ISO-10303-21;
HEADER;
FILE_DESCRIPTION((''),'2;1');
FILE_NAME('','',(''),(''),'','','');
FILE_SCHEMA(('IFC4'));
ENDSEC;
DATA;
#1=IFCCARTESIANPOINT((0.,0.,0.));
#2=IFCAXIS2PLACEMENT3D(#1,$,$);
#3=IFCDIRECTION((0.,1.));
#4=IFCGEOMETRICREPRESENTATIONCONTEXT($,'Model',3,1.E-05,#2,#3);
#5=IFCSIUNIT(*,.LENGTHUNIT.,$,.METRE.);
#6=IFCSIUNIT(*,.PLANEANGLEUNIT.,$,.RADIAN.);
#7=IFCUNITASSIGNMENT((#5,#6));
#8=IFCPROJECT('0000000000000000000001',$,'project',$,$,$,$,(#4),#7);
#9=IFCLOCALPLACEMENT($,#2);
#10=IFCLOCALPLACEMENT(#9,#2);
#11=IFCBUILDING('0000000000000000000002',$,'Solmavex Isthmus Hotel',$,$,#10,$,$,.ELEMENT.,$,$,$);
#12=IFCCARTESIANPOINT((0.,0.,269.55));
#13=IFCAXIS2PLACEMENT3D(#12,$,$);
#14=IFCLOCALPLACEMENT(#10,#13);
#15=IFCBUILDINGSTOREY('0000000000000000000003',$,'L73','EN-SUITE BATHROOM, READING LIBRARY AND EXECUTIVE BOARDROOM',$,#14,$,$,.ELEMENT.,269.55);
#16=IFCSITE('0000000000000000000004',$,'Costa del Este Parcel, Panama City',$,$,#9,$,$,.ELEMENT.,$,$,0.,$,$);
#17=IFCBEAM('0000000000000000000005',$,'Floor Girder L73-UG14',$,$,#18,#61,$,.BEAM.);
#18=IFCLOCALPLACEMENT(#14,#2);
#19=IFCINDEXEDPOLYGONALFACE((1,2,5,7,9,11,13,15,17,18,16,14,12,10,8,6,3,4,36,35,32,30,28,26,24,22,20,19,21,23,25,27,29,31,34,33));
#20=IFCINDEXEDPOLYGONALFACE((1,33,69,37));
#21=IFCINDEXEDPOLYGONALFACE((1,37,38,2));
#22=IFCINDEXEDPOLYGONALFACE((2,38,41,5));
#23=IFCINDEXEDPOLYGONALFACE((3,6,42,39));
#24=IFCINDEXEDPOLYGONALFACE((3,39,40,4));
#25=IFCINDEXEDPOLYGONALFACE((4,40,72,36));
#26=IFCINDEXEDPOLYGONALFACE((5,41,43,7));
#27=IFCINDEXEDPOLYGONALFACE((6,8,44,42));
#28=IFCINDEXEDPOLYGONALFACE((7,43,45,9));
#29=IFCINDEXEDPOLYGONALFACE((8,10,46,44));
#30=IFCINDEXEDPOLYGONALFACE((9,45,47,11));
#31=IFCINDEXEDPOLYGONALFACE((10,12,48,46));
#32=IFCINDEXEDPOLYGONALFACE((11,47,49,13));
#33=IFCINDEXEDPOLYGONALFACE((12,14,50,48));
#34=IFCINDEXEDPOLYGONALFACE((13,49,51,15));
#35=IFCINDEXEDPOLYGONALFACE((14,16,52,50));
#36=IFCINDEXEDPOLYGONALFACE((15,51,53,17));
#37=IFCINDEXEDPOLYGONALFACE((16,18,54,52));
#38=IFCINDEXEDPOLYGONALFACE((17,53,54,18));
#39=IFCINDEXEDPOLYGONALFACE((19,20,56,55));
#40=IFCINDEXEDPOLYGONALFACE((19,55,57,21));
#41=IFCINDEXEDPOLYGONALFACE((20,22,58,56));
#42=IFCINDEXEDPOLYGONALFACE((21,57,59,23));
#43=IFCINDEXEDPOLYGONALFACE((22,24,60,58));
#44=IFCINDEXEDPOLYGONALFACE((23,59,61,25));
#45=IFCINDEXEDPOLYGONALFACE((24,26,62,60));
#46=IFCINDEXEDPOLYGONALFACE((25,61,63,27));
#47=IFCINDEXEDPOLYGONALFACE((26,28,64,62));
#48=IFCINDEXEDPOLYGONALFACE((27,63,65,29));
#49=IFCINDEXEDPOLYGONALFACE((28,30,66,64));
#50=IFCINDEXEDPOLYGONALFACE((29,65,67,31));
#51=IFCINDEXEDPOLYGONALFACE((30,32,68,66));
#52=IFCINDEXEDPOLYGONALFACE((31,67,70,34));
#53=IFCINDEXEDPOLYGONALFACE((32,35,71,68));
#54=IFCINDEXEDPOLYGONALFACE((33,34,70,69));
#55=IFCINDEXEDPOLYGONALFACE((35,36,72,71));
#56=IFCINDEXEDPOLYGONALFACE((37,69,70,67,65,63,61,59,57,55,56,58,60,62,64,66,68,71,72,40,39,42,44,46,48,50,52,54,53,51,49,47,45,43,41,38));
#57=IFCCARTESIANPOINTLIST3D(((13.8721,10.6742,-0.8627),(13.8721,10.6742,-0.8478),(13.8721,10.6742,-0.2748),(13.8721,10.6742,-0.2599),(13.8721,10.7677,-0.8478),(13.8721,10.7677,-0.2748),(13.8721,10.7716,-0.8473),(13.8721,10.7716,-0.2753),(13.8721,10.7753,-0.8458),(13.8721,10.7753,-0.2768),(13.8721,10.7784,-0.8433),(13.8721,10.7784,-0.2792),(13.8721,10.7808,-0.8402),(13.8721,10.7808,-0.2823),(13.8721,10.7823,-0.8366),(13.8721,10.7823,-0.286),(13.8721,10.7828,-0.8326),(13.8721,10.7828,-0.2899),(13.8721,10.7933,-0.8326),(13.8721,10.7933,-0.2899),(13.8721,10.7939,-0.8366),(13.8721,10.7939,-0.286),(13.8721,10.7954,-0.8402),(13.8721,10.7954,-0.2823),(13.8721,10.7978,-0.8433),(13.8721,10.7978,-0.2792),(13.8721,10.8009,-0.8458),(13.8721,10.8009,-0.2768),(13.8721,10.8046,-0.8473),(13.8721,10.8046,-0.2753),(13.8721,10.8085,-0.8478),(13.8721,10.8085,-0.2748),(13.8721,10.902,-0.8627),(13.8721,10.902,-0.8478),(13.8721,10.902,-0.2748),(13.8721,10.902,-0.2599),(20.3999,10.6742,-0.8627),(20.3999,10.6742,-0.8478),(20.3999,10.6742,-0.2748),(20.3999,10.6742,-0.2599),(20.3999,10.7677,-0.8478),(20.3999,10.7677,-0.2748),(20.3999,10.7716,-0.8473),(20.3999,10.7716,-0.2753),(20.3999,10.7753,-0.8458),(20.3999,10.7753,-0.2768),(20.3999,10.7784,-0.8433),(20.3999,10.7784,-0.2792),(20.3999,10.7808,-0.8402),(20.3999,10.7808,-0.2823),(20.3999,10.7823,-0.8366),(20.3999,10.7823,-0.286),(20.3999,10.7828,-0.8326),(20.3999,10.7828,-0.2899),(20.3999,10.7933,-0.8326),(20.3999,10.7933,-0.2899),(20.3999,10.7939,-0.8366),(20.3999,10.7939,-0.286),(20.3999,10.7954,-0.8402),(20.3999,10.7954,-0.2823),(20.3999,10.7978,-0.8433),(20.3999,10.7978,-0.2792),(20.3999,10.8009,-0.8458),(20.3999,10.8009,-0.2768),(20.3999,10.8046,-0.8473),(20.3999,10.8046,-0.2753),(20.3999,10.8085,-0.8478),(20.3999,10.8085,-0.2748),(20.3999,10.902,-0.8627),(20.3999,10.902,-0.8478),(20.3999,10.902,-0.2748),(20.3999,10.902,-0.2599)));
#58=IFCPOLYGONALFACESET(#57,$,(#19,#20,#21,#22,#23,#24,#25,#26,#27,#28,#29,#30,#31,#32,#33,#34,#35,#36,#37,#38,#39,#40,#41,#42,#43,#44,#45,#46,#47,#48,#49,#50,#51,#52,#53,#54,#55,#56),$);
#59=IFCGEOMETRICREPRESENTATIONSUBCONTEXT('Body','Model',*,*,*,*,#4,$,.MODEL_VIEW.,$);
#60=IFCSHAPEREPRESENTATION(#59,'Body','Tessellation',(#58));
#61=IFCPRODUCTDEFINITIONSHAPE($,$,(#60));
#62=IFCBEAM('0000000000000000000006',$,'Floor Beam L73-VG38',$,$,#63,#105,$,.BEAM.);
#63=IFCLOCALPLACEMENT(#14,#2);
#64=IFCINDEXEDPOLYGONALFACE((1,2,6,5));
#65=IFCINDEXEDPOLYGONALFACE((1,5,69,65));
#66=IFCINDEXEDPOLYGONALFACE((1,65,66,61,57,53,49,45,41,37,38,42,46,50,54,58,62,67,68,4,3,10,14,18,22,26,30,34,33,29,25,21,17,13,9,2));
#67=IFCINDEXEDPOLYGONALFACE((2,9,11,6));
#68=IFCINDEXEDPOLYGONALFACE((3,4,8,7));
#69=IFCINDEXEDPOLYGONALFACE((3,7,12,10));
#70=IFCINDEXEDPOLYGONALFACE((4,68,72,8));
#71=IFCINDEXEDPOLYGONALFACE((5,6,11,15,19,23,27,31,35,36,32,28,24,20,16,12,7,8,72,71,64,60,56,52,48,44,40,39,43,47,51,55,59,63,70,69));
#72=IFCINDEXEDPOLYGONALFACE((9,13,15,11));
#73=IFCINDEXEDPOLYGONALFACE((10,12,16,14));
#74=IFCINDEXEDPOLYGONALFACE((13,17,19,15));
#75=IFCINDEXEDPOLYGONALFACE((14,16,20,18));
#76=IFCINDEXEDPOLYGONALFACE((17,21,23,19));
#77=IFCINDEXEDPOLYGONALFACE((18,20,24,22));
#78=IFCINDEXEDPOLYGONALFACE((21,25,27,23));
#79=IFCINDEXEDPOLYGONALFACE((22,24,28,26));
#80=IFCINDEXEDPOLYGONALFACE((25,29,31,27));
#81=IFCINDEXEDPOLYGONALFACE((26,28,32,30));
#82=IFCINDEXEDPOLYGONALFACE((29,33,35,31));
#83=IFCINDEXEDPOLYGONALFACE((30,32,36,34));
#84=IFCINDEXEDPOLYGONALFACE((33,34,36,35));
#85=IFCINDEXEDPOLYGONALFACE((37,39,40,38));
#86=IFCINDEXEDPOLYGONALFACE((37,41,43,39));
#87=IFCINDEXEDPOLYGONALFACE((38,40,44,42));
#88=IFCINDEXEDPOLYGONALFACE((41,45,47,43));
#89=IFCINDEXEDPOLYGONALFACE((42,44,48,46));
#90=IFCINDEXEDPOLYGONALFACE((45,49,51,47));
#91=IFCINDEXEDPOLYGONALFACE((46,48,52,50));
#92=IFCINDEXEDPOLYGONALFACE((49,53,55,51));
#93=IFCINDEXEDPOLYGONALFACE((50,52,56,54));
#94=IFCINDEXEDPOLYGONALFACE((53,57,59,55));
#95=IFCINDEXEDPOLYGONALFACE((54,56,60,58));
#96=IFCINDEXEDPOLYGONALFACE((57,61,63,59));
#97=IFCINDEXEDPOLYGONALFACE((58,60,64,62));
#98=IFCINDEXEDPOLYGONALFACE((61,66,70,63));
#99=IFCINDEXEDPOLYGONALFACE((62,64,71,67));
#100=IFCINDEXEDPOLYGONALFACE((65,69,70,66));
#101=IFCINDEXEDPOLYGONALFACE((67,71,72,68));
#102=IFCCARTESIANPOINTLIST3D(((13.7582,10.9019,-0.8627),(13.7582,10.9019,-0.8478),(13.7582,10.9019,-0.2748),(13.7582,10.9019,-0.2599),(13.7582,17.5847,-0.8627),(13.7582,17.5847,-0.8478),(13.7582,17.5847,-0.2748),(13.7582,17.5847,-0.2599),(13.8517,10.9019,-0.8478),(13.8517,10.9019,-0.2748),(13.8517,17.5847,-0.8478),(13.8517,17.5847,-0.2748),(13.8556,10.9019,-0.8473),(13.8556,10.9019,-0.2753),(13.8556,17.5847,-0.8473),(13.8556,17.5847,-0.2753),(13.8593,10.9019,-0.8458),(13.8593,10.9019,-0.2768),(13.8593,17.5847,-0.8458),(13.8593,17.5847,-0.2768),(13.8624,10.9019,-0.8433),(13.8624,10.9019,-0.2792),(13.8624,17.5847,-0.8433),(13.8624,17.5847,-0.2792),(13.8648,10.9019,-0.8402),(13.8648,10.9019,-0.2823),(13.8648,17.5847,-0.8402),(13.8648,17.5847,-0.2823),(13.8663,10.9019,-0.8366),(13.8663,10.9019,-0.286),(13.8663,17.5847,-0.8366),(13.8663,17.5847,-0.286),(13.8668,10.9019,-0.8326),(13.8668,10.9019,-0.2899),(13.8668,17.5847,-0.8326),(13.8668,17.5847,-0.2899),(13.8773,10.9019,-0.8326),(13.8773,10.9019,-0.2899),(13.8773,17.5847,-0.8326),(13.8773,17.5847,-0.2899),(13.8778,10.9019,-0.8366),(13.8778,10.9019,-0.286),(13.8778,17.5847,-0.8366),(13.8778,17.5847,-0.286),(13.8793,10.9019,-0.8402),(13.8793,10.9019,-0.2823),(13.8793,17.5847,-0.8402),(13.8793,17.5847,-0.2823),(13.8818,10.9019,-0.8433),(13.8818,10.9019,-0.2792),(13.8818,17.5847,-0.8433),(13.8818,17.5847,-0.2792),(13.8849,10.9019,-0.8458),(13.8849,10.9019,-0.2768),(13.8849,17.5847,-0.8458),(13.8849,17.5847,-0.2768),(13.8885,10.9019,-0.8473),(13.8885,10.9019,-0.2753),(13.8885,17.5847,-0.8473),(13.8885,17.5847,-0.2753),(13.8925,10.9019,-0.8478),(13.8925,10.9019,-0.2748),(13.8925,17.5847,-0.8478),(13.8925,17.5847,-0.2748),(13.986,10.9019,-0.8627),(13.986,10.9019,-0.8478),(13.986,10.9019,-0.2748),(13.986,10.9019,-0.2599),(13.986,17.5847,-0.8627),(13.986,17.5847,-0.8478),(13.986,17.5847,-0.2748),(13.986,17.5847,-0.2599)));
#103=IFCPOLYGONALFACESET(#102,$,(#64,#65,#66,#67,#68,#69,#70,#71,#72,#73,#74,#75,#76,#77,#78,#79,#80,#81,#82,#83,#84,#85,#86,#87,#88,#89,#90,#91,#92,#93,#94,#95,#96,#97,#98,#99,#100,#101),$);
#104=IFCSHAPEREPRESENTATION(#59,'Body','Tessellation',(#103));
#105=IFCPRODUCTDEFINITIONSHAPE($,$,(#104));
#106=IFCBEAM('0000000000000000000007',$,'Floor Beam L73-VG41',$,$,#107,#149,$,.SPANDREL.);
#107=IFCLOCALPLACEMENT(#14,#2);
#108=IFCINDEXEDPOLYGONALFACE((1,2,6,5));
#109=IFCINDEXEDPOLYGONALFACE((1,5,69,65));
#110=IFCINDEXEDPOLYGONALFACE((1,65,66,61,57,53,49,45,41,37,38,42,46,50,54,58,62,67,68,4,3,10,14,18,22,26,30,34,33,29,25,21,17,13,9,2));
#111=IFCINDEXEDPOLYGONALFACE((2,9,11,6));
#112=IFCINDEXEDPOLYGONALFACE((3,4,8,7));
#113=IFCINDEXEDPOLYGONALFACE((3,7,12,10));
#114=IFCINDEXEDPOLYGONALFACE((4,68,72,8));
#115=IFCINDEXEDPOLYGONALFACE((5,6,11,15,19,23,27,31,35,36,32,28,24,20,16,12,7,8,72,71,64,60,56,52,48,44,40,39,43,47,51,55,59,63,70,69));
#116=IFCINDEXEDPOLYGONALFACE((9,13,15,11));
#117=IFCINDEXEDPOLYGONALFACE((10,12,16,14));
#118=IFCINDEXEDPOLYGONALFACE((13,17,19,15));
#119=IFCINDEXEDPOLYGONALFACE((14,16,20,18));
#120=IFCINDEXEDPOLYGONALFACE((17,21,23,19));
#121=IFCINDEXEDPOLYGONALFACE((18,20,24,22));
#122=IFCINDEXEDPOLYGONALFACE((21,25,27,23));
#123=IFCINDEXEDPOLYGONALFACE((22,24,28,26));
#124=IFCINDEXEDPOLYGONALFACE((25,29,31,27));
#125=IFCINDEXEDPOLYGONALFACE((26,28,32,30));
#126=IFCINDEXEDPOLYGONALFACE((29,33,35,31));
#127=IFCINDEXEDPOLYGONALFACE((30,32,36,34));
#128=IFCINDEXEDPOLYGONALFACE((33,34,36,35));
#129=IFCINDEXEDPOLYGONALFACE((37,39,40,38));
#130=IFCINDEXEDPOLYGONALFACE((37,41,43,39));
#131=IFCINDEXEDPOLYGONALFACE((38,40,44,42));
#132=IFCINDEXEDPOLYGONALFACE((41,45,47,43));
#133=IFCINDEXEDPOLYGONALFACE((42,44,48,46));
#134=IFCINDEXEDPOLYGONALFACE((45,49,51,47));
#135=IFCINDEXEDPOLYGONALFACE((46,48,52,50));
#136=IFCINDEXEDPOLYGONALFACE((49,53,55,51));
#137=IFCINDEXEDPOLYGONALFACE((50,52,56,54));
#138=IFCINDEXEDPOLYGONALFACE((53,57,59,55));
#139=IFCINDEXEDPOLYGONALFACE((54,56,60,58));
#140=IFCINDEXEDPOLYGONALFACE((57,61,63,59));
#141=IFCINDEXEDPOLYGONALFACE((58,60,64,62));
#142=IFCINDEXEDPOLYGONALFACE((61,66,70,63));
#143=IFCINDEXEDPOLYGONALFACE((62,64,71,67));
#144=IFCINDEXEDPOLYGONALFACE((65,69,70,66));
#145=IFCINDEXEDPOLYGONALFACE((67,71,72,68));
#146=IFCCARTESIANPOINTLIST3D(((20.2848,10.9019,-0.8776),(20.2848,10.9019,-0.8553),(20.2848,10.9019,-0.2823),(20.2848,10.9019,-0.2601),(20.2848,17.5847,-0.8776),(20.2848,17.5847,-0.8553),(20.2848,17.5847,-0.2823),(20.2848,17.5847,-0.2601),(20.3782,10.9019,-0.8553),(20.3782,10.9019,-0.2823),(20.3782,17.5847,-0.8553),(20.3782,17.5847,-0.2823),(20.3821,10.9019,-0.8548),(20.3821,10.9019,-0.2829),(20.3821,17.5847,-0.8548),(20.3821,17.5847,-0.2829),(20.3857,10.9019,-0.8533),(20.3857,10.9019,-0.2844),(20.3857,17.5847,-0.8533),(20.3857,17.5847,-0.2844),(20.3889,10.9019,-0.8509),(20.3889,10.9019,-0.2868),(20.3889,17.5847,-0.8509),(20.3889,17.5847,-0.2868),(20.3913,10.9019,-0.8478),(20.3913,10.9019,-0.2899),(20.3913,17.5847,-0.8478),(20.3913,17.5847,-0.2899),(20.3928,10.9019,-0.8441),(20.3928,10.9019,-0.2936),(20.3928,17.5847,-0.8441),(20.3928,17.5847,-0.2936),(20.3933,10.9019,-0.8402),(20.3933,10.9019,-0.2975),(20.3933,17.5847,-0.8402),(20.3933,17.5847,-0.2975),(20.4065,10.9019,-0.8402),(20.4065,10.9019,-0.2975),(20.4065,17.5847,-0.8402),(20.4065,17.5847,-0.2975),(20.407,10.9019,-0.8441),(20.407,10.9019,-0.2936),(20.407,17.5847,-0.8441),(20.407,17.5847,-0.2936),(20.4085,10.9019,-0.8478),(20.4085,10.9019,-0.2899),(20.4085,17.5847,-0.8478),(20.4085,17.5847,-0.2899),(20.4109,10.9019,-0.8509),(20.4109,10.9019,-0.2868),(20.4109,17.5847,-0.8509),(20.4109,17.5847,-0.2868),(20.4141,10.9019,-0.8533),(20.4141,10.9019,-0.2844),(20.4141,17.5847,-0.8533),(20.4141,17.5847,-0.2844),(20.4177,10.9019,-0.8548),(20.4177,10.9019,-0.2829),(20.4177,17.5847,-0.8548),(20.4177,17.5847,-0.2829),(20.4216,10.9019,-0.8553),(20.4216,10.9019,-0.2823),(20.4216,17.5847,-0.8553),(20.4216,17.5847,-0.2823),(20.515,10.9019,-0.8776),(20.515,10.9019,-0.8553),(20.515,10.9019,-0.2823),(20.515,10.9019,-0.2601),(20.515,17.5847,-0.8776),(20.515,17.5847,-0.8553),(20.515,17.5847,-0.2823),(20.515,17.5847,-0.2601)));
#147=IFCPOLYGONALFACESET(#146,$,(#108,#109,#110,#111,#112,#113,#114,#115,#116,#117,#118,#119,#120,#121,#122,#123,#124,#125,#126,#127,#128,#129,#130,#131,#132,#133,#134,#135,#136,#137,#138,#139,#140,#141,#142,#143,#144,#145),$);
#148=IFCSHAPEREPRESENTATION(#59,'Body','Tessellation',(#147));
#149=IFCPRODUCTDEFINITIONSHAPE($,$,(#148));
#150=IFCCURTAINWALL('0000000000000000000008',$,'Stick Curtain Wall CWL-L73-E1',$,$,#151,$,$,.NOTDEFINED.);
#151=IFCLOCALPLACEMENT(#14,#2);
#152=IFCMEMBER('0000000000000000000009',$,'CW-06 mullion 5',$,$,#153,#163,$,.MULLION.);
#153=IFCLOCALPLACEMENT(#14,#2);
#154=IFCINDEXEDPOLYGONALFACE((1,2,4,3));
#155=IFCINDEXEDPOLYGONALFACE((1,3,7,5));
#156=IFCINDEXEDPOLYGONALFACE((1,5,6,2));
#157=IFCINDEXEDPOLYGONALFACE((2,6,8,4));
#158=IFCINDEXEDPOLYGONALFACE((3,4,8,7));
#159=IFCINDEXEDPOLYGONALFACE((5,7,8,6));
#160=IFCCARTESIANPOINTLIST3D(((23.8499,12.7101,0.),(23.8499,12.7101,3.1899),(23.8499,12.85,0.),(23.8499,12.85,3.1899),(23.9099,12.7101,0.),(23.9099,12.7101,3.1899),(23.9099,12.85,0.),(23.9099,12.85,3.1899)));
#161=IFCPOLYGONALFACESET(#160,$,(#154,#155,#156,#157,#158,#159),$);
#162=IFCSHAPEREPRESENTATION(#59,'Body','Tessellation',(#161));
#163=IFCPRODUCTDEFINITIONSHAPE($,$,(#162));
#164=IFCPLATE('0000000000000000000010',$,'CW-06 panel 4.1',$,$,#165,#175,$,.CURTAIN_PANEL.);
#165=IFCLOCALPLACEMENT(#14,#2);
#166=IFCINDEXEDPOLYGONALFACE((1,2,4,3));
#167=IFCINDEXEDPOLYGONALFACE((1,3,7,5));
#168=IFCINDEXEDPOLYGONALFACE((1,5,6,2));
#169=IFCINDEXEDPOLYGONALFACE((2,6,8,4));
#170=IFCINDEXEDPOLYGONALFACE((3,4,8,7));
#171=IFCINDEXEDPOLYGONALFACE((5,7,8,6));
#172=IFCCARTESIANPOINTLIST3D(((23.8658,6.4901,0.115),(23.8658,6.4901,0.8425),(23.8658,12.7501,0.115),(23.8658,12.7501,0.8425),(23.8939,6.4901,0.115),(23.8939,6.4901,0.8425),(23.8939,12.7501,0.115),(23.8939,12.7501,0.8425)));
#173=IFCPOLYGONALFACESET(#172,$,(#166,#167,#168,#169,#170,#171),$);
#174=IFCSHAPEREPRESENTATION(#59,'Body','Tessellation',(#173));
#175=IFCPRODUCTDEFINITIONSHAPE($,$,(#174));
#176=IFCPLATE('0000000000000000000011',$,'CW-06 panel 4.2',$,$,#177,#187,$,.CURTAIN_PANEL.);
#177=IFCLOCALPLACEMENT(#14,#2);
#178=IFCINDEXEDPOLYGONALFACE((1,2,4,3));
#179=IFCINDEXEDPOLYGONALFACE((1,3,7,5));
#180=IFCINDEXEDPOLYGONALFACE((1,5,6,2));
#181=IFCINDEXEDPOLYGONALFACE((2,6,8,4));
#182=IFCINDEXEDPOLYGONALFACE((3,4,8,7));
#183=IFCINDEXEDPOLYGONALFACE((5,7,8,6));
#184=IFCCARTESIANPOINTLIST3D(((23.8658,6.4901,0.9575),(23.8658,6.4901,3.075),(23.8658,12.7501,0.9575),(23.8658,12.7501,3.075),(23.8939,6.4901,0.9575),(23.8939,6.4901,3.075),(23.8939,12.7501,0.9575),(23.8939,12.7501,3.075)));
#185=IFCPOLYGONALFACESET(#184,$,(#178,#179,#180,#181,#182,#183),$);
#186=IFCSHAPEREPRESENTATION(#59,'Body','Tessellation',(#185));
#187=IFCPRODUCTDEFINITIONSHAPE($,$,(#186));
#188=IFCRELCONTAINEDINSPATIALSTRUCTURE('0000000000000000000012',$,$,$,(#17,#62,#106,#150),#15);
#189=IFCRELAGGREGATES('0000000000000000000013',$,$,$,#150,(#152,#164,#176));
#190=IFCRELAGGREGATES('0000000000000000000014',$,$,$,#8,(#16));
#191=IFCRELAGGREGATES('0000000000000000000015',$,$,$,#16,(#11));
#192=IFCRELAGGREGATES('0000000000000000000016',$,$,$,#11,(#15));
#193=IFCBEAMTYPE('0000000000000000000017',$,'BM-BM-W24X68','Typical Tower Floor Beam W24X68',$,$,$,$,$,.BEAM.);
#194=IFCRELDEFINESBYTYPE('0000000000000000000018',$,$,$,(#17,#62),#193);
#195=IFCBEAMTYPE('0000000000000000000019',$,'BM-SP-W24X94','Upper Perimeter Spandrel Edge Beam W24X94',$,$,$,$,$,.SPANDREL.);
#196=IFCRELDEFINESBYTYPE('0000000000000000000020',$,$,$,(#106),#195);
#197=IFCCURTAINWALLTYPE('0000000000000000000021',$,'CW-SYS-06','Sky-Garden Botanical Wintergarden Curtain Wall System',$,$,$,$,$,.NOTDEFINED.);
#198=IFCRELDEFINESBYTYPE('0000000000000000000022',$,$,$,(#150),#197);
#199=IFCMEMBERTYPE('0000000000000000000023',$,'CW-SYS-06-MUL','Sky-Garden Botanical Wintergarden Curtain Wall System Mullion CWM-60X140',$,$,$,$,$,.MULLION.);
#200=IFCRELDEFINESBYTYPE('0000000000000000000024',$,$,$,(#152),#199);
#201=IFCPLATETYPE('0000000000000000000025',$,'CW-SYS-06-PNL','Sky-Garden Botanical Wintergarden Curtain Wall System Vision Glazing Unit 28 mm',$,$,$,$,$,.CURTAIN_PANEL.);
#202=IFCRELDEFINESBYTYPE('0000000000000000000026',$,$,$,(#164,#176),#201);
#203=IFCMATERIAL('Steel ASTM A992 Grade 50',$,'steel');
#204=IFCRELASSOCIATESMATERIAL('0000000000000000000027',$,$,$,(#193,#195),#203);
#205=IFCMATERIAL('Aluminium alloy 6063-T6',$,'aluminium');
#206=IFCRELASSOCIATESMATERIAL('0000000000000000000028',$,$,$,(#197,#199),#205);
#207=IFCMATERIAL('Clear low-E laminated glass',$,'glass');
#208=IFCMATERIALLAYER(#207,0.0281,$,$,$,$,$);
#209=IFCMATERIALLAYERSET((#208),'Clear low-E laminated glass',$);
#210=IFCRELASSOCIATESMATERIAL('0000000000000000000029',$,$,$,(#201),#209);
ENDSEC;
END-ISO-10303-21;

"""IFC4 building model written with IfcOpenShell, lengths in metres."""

from ifc_helpers import new_model, si_unit, direction, frame, origin, origin_2d, place, context, subcontext, project, spatial, rectangle, i_section, extrude, material, layer, layer_set, material_profile, profile_set, type_object, element, aggregate, save


model = new_model("IFC4")

# Units and contexts
model_context = context("Model", 3, precision=1e-05, world=origin(), true_north=direction((0.0, 1.0)))
body_context = subcontext(model_context, "Body", "Model", "MODEL_VIEW")
ifc_project = project(units=[si_unit("LENGTHUNIT", "METRE"), si_unit("PLANEANGLEUNIT", "RADIAN")], contexts=[model_context])

# Site, building, storey
site_placement = place(None, origin())
site = spatial("IfcSite", under=ifc_project, at=site_placement, Name="Costa del Este Parcel, Panama City", CompositionType="ELEMENT", RefElevation=0.0)
building_placement = place(site_placement, origin())
building = spatial("IfcBuilding", under=site, at=building_placement, Name="Solmavex Isthmus Hotel", CompositionType="ELEMENT")
storey_placement = place(building_placement, frame((0.0, 0.0, 269.55)))
storey = spatial("IfcBuildingStorey", under=building, at=storey_placement, Name="L73", Description="EN-SUITE BATHROOM, READING LIBRARY AND EXECUTIVE BOARDROOM", CompositionType="ELEMENT", Elevation=269.55)

# Beams
ifc_material_1 = material(Name="Steel ASTM A992 Grade 50", Category="steel")
ifc_material_profile_1 = material_profile(ifc_material_1, i_section(OverallWidth=0.2278, OverallDepth=0.6028, WebThickness=0.0105, FlangeThickness=0.0149, FilletRadius=0.0151, at=origin_2d()), Name="W24X68")
ifc_profile_set_1 = profile_set([ifc_material_profile_1], Name="Steel ASTM A992 Grade 50")
beam_type_1 = type_object("IfcBeamType", Name="BM-BM-W24X68", Description="Typical Tower Floor Beam W24X68", PredefinedType="BEAM", material=ifc_profile_set_1)
beam_1_placement = place(storey_placement, frame((13.8721, 10.7881, -0.5613), z_axis=(1.0, 0.0, 0.0), x_axis=(0.0, 1.0, 0.0)))
element("IfcBeam", 1, at=beam_1_placement, inside=storey, type_object=beam_type_1, Name="Floor Girder L73-UG14", PredefinedType="BEAM", context=body_context, shape_type="SweptSolid", body=[
    extrude(i_section(OverallWidth=0.2278, OverallDepth=0.6028, WebThickness=0.0105, FlangeThickness=0.0149, FilletRadius=0.0151, at=origin_2d()), origin(), (0.0, 0.0, 1.0), 6.5278),
])
beam_2_placement = place(storey_placement, frame((13.8721, 10.9019, -0.5613), z_axis=(0.0, 1.0, 0.0), x_axis=(-1.0, 0.0, 0.0)))
element("IfcBeam", 2, at=beam_2_placement, inside=storey, type_object=beam_type_1, Name="Floor Beam L73-VG38", PredefinedType="BEAM", context=body_context, shape_type="SweptSolid", body=[
    extrude(i_section(OverallWidth=0.2278, OverallDepth=0.6028, WebThickness=0.0105, FlangeThickness=0.0149, FilletRadius=0.0151, at=origin_2d()), origin(), (0.0, 0.0, 1.0), 6.6829),
])
ifc_material_profile_2 = material_profile(ifc_material_1, i_section(OverallWidth=0.2302, OverallDepth=0.6174, WebThickness=0.0132, FlangeThickness=0.0222, FilletRadius=0.0151, at=origin_2d()), Name="W24X94")
ifc_profile_set_2 = profile_set([ifc_material_profile_2], Name="Steel ASTM A992 Grade 50")
beam_type_2 = type_object("IfcBeamType", Name="BM-SP-W24X94", Description="Upper Perimeter Spandrel Edge Beam W24X94", PredefinedType="SPANDREL", material=ifc_profile_set_2)
beam_3_placement = place(storey_placement, frame((20.3999, 10.9019, -0.5688), z_axis=(0.0, 1.0, 0.0), x_axis=(-1.0, 0.0, 0.0)))
element("IfcBeam", 3, at=beam_3_placement, inside=storey, type_object=beam_type_2, Name="Floor Beam L73-VG41", PredefinedType="SPANDREL", context=body_context, shape_type="SweptSolid", body=[
    extrude(i_section(OverallWidth=0.2302, OverallDepth=0.6174, WebThickness=0.0132, FlangeThickness=0.0222, FilletRadius=0.0151, at=origin_2d()), origin(), (0.0, 0.0, 1.0), 6.6829),
])

# Curtain wall, member, plates
ifc_material_2 = material(Name="Aluminium alloy 6063-T6", Category="aluminium")
curtain_wall_type = type_object("IfcCurtainWallType", Name="CW-SYS-06", Description="Sky-Garden Botanical Wintergarden Curtain Wall System", PredefinedType="NOTDEFINED", material=ifc_material_2)
curtain_wall_placement = place(storey_placement, origin())
curtain_wall = element("IfcCurtainWall", 4, at=curtain_wall_placement, inside=storey, type_object=curtain_wall_type, Name="Stick Curtain Wall CWL-L73-E1", PredefinedType="NOTDEFINED")
ifc_material_profile_3 = material_profile(ifc_material_2, rectangle(XDim=0.0601, YDim=0.1399, at=origin_2d()), Name="CWM-60X140")
ifc_profile_set_3 = profile_set([ifc_material_profile_3], Name="Aluminium alloy 6063-T6")
member_type = type_object("IfcMemberType", Name="CW-SYS-06-MUL", Description="Sky-Garden Botanical Wintergarden Curtain Wall System Mullion CWM-60X140", PredefinedType="MULLION", material=ifc_profile_set_3)
member_placement = place(storey_placement, frame((23.8799, 12.78, 0.0), z_axis=(0.0, 0.0, 1.0), x_axis=(-1.0, 0.0, 0.0)))
member = element("IfcMember", 5, at=member_placement, type_object=member_type, Name="CW-06 mullion 5", PredefinedType="MULLION", context=body_context, shape_type="SweptSolid", body=[
    extrude(rectangle(XDim=0.0601, YDim=0.1399, at=origin_2d()), origin(), (0.0, 0.0, 1.0), 3.1899),
])
ifc_material_3 = material(Name="Clear low-E laminated glass", Category="glass")
ifc_layer_1 = layer(ifc_material_3, 0.0281)
ifc_layer_set_1 = layer_set([ifc_layer_1], Name="Clear low-E laminated glass")
plate_type = type_object("IfcPlateType", Name="CW-SYS-06-PNL", Description="Sky-Garden Botanical Wintergarden Curtain Wall System Vision Glazing Unit 28 mm", PredefinedType="CURTAIN_PANEL", material=ifc_layer_set_1)
plate_1_placement = place(storey_placement, frame((23.8799, 9.6201, 0.115), z_axis=(0.0, 0.0, 1.0), x_axis=(0.0, 1.0, 0.0)))
plate_1 = element("IfcPlate", 6, at=plate_1_placement, type_object=plate_type, Name="CW-06 panel 4.1", PredefinedType="CURTAIN_PANEL", context=body_context, shape_type="SweptSolid", body=[
    extrude(rectangle(XDim=6.26, YDim=0.0281, at=origin_2d()), origin(), (0.0, 0.0, 1.0), 0.7275),
])
plate_2_placement = place(storey_placement, frame((23.8799, 9.6201, 0.9575), z_axis=(0.0, 0.0, 1.0), x_axis=(0.0, 1.0, 0.0)))
plate_2 = element("IfcPlate", 7, at=plate_2_placement, type_object=plate_type, Name="CW-06 panel 4.2", PredefinedType="CURTAIN_PANEL", context=body_context, shape_type="SweptSolid", body=[
    extrude(rectangle(XDim=6.26, YDim=0.0281, at=origin_2d()), origin(), (0.0, 0.0, 1.0), 2.1174),
])
aggregate(curtain_wall, [member, plate_1, plate_2])

save(model, "model.ifc")
